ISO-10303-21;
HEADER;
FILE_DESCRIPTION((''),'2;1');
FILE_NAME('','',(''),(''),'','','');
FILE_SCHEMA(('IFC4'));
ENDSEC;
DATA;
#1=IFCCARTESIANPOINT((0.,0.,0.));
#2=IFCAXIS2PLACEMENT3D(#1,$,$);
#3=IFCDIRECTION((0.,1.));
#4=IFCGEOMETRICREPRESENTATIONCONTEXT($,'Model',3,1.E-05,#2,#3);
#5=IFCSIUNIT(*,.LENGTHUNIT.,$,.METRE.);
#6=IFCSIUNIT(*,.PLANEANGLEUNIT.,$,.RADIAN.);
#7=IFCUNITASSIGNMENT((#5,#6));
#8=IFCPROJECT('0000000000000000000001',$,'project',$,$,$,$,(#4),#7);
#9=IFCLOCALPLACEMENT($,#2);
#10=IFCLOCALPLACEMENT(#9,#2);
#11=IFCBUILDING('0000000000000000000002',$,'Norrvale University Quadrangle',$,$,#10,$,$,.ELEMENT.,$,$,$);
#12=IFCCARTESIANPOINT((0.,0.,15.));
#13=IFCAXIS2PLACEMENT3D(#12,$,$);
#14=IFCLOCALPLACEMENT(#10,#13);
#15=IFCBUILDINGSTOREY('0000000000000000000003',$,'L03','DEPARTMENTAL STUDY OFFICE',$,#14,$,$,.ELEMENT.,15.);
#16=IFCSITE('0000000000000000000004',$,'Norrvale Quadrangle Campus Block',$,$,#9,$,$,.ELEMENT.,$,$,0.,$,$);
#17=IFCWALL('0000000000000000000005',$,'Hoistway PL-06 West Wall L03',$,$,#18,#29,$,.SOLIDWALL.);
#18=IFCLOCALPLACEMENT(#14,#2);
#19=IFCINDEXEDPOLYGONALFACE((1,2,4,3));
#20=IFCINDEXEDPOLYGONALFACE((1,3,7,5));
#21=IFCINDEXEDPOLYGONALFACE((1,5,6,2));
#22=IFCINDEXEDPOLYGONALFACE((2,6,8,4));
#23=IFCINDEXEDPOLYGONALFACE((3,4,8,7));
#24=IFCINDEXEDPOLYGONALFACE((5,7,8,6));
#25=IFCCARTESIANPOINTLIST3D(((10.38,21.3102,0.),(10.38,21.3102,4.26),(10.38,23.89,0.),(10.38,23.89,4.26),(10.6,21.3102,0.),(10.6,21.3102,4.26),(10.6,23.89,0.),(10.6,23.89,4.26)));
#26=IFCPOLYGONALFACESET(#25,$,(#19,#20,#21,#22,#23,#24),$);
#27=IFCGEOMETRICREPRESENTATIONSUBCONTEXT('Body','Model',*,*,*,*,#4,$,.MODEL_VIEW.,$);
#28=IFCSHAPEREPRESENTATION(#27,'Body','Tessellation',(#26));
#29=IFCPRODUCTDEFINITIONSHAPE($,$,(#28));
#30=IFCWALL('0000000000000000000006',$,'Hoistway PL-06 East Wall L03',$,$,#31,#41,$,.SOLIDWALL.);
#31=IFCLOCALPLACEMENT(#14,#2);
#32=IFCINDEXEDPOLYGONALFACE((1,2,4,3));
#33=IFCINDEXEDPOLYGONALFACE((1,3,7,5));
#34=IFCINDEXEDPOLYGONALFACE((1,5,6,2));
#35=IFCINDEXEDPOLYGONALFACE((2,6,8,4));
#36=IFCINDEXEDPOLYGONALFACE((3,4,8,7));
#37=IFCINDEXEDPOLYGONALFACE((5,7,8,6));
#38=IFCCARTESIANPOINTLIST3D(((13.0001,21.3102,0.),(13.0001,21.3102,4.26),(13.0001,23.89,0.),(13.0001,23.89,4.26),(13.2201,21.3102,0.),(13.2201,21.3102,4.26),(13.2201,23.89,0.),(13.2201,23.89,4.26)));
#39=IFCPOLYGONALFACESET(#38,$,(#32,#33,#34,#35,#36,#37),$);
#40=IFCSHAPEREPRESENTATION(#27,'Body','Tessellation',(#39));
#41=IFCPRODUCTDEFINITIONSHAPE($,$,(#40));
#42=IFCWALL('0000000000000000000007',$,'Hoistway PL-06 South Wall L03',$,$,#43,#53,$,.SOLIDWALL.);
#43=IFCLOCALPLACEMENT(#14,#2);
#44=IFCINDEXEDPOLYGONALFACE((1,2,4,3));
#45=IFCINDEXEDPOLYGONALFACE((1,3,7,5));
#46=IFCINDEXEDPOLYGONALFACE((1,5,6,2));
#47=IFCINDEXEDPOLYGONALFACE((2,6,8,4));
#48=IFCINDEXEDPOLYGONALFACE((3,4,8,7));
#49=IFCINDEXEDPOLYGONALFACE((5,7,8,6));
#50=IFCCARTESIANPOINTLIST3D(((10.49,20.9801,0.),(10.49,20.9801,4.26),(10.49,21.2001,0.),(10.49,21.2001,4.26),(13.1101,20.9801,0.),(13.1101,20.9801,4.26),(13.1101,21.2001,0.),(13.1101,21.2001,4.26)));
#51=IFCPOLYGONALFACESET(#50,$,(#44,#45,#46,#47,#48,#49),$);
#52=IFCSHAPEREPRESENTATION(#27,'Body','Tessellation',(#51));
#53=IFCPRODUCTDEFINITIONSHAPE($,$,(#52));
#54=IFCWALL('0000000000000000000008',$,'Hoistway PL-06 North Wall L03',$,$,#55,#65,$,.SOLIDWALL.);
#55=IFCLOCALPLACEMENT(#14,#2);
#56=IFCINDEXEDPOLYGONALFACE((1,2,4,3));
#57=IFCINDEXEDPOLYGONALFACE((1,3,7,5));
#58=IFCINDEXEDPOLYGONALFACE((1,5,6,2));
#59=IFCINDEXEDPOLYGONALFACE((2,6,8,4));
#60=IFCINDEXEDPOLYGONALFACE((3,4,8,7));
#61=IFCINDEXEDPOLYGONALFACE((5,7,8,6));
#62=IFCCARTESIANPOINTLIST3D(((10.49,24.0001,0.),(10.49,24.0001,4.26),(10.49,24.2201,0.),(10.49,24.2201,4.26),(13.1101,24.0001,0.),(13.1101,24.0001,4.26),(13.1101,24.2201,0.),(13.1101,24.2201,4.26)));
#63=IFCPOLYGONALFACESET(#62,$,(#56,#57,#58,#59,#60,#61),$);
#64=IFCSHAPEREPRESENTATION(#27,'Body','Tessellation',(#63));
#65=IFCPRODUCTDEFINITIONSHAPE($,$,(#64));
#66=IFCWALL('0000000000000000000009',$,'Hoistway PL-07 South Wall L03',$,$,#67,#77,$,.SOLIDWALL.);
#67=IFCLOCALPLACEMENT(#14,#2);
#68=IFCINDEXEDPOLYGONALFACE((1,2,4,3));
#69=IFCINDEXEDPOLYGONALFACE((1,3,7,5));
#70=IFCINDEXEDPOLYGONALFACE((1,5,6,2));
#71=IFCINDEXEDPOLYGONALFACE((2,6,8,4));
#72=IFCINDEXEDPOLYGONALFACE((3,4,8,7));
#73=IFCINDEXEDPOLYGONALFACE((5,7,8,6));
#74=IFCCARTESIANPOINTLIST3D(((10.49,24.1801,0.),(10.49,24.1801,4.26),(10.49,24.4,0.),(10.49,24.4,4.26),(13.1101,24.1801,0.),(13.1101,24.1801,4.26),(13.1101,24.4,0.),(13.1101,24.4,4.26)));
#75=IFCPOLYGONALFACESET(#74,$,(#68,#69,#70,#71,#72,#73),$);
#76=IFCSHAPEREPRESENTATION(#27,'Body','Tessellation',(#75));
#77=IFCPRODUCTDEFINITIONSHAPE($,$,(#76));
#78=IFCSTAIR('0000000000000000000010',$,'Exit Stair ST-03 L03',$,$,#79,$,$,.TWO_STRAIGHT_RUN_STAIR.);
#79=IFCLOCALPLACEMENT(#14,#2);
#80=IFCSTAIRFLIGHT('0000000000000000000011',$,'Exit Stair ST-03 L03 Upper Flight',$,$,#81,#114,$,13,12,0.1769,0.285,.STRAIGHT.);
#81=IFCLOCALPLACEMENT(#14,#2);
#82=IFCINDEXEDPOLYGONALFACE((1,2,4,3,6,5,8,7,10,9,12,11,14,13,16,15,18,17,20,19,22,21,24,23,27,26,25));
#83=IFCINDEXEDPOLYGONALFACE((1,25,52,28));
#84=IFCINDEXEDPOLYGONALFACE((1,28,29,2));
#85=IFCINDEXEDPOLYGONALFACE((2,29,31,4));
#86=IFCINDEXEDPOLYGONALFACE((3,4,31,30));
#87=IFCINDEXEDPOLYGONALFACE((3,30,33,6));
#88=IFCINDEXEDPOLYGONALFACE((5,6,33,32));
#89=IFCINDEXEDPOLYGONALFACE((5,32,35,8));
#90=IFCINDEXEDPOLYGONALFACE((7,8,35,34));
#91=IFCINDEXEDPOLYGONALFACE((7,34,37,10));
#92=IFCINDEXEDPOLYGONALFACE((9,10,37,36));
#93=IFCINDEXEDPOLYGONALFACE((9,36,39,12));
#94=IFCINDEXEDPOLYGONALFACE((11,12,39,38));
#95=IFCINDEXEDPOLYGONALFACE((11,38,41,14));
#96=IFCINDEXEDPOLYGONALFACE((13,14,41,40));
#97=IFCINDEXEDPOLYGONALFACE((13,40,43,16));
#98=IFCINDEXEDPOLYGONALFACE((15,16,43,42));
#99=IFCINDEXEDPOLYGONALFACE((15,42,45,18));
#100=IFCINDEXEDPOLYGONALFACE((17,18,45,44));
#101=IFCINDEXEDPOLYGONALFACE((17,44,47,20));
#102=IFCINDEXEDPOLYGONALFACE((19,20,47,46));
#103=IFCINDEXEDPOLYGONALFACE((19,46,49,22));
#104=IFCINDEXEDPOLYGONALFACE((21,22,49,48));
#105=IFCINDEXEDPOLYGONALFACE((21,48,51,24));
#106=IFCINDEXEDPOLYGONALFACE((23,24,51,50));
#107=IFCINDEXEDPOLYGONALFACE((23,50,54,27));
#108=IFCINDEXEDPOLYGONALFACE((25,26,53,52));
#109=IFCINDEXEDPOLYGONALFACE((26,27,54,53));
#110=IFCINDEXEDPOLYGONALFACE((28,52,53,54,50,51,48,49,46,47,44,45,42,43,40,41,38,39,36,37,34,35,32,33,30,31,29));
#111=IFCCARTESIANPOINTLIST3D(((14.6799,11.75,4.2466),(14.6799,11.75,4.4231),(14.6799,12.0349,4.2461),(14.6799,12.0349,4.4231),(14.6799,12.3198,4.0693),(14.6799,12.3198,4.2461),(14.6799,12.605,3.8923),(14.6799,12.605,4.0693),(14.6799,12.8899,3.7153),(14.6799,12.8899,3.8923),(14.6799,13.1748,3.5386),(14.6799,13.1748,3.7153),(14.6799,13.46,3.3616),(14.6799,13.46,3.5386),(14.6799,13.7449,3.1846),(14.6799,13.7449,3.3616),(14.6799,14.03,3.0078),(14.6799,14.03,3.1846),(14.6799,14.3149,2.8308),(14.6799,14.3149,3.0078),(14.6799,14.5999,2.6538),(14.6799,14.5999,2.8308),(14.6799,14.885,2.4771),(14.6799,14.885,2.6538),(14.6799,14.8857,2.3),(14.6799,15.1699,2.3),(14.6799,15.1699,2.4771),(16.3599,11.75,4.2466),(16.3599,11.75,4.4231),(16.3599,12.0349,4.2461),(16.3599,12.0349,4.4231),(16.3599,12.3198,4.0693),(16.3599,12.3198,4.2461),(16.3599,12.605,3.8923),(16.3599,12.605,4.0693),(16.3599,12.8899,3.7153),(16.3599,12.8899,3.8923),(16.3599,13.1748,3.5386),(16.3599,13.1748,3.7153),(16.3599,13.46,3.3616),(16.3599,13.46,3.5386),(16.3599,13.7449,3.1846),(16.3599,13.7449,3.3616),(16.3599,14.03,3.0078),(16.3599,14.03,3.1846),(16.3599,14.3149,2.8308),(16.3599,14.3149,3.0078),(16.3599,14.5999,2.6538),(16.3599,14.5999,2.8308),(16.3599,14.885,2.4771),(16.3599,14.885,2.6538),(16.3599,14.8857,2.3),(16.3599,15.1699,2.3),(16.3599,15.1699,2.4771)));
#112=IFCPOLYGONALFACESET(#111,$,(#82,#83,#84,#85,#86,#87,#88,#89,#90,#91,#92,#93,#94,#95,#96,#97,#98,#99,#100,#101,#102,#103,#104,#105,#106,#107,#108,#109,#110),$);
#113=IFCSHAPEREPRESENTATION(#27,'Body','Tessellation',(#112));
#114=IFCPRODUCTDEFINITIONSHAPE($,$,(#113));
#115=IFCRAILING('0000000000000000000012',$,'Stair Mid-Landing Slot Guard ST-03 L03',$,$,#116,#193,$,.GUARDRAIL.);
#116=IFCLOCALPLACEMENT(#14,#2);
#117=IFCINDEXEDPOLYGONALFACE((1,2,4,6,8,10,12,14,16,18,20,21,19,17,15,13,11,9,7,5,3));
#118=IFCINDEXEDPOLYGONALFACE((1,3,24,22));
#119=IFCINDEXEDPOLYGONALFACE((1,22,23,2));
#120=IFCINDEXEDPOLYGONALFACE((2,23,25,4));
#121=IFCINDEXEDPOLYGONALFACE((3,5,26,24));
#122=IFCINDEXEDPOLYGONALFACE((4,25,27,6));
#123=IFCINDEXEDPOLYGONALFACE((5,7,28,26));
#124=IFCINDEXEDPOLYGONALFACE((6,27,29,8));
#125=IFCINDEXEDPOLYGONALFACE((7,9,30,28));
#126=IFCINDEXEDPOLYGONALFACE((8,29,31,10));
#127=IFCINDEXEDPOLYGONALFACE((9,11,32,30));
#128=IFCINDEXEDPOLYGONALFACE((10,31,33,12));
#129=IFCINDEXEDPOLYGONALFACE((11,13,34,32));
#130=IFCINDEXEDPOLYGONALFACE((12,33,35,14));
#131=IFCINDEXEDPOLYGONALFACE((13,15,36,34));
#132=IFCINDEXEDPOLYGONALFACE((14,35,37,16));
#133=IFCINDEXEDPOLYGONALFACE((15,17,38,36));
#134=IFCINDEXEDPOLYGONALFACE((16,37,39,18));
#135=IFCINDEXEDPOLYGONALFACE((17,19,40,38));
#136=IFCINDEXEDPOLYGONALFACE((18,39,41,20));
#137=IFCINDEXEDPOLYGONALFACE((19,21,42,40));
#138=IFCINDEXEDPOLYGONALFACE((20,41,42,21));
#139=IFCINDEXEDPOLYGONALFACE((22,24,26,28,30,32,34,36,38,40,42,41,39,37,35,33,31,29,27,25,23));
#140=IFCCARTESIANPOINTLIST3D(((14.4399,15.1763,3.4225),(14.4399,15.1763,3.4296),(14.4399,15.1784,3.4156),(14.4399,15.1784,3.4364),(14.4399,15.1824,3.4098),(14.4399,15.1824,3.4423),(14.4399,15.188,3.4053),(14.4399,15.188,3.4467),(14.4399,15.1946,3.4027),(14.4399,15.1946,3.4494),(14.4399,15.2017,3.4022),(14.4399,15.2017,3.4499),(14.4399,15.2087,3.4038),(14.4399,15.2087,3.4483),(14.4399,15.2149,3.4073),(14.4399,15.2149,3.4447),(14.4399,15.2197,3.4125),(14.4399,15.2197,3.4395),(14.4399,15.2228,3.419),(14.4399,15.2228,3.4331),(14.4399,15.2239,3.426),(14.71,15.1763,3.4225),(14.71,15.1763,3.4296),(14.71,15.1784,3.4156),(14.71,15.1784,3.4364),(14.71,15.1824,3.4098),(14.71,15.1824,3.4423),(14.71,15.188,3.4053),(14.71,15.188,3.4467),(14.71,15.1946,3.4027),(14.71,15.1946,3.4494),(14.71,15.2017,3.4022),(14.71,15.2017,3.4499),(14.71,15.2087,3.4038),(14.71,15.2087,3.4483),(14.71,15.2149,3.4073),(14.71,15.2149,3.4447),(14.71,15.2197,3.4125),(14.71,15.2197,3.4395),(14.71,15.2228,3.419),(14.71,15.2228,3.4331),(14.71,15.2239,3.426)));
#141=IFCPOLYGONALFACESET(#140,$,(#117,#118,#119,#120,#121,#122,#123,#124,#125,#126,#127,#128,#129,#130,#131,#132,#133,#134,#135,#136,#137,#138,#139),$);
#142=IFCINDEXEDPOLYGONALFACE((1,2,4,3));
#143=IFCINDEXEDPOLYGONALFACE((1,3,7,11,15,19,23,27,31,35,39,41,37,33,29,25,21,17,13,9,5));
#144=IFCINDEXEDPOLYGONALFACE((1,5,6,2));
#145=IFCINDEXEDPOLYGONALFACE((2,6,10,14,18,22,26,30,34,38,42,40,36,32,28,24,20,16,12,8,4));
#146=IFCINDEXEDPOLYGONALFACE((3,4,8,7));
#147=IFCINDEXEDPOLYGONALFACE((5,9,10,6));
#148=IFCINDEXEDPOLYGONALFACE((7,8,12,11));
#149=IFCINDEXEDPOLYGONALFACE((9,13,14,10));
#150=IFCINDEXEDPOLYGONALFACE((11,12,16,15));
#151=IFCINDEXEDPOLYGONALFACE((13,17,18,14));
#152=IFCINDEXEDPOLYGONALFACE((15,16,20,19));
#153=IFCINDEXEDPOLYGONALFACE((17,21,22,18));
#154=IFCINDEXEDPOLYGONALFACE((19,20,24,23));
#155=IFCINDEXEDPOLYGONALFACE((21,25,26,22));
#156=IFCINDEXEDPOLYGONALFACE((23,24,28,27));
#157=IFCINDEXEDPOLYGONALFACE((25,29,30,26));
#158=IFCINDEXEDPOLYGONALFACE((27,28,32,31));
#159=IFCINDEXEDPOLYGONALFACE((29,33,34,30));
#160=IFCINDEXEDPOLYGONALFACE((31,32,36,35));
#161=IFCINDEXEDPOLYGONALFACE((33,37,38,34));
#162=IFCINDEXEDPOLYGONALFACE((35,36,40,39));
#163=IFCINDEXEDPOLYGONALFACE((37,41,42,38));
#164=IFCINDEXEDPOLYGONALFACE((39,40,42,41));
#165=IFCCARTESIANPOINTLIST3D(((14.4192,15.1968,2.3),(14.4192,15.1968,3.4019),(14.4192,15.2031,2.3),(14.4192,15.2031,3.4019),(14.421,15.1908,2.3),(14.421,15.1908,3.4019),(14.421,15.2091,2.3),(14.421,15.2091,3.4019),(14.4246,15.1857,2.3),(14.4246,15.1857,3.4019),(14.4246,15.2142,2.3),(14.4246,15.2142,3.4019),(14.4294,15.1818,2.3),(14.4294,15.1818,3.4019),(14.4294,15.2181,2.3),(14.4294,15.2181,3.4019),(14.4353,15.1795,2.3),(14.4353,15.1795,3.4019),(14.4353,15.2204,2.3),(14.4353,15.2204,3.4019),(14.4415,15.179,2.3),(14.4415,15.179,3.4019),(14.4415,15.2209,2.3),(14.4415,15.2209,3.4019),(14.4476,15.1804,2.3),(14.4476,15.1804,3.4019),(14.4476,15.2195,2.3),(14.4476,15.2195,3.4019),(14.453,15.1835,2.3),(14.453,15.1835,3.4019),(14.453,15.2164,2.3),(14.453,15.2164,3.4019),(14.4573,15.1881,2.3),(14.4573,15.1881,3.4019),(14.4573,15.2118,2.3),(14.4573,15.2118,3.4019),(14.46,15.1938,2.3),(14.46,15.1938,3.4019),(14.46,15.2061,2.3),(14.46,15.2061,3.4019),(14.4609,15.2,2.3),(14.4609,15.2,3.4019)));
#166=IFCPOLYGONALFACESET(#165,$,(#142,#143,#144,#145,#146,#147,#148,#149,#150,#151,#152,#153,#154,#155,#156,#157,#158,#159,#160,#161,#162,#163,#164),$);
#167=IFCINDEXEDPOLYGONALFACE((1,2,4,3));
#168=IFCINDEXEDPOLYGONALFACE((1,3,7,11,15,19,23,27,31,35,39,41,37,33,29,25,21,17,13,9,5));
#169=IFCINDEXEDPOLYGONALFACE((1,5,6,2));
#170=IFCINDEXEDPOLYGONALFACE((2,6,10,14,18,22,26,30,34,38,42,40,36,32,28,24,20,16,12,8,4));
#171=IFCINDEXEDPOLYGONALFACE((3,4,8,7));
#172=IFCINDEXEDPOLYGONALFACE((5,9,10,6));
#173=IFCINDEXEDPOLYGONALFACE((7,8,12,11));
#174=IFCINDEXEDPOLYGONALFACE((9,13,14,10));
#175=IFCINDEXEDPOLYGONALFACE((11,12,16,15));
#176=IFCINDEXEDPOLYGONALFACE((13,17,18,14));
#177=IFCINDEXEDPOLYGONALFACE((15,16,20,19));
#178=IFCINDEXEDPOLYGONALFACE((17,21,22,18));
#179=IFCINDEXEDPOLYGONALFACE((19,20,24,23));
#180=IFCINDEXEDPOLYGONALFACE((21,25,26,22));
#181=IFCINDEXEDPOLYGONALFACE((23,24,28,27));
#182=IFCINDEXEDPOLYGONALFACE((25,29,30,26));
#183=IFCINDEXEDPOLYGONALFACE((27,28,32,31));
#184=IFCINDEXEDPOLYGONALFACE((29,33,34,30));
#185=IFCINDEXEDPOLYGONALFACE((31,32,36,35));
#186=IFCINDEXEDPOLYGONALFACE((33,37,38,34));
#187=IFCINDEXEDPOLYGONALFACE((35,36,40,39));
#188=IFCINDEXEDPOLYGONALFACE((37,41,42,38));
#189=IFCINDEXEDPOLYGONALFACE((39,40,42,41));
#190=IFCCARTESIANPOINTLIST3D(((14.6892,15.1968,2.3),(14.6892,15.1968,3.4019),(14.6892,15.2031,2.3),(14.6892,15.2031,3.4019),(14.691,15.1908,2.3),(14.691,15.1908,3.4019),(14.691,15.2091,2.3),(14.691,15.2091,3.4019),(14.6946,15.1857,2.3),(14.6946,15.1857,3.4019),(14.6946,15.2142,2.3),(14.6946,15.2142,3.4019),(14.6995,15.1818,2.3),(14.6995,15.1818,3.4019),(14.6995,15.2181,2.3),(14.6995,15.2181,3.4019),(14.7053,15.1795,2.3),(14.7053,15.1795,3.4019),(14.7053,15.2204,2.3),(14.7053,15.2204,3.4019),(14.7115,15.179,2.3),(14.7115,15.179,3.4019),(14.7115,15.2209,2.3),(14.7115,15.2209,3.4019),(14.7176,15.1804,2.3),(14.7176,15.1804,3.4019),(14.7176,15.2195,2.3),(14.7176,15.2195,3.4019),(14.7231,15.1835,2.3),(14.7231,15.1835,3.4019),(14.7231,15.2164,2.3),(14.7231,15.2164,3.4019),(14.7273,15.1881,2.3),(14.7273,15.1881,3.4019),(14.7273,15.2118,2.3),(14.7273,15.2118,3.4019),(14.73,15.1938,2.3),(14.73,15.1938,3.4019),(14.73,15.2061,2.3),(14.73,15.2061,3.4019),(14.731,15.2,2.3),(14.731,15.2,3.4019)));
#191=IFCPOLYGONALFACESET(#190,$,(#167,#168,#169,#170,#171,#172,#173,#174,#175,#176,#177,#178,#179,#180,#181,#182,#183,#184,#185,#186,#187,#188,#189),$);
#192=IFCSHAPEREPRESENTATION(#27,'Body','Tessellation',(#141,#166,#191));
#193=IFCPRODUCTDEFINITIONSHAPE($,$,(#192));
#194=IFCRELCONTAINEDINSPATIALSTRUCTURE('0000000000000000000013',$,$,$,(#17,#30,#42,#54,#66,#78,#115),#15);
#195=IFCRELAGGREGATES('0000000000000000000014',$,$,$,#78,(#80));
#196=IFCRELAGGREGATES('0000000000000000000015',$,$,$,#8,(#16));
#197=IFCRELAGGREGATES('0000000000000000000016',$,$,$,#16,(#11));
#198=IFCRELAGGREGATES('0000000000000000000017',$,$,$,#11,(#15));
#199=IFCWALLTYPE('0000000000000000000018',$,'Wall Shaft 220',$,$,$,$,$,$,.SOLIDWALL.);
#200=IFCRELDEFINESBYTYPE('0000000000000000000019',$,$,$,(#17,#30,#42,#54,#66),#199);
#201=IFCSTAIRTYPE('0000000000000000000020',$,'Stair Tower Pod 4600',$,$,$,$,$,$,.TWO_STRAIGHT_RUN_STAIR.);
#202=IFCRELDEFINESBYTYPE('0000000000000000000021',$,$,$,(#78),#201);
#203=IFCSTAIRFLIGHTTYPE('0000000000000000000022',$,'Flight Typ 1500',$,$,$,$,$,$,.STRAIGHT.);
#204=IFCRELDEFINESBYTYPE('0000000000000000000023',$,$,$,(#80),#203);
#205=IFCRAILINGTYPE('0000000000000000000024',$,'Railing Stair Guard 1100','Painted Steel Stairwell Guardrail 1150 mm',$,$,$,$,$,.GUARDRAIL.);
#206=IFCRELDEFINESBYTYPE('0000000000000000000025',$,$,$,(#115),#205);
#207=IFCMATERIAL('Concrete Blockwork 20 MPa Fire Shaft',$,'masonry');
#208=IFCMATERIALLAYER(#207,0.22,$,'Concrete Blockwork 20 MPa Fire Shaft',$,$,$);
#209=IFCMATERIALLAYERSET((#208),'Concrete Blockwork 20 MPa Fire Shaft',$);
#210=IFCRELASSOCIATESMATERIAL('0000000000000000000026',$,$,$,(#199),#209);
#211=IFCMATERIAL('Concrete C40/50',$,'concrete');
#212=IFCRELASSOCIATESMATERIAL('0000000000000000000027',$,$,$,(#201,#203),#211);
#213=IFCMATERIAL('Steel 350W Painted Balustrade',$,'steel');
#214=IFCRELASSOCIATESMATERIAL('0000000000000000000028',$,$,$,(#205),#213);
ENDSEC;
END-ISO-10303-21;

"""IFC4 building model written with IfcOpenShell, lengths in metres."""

from ifc_helpers import new_model, si_unit, direction, frame, frame_2d, origin, origin_2d, place, context, subcontext, project, spatial, polyline, rectangle, circle, outline, extrude, material, layer, layer_set, type_object, element, aggregate, save


model = new_model("IFC4")

# Units and contexts
model_context = context("Model", 3, precision=1e-05, world=origin(), true_north=direction((0.0, 1.0)))
body_context = subcontext(model_context, "Body", "Model", "MODEL_VIEW")
ifc_project = project(units=[si_unit("LENGTHUNIT", "METRE"), si_unit("PLANEANGLEUNIT", "RADIAN")], contexts=[model_context])

# Site, building, storey
site_placement = place(None, origin())
site = spatial("IfcSite", under=ifc_project, at=site_placement, Name="Norrvale Quadrangle Campus Block", CompositionType="ELEMENT", RefElevation=0.0)
building_placement = place(site_placement, origin())
building = spatial("IfcBuilding", under=site, at=building_placement, Name="Norrvale University Quadrangle", CompositionType="ELEMENT")
storey_placement = place(building_placement, frame((0.0, 0.0, 15.0)))
storey = spatial("IfcBuildingStorey", under=building, at=storey_placement, Name="L03", Description="DEPARTMENTAL STUDY OFFICE", CompositionType="ELEMENT", Elevation=15.0)

# Walls
ifc_material_1 = material(Name="Concrete Blockwork 20 MPa Fire Shaft", Category="masonry")
ifc_layer_1 = layer(ifc_material_1, 0.22, Name="Concrete Blockwork 20 MPa Fire Shaft")
ifc_layer_set_1 = layer_set([ifc_layer_1], Name="Concrete Blockwork 20 MPa Fire Shaft")
wall_type_1 = type_object("IfcWallType", Name="Wall Shaft 220", PredefinedType="SOLIDWALL", material=ifc_layer_set_1)
for number, where, z_axis, x_axis, name in (
    (1, (10.49, 21.3101, 0.0), (0.0, 0.0, 1.0), (0.0, 1.0, 0.0), "Hoistway PL-06 West Wall L03"),
    (2, (13.1101, 21.3101, 0.0), (0.0, 0.0, 1.0), (0.0, 1.0, 0.0), "Hoistway PL-06 East Wall L03"),
):
    element("IfcWall", number, at=place(storey_placement, frame(where, z_axis=z_axis, x_axis=x_axis)), inside=storey, type_object=wall_type_1, Name=name, PredefinedType="SOLIDWALL", context=body_context, shape_type="SweptSolid", body=[
        extrude(rectangle(XDim=2.5798, YDim=0.22, at=frame_2d((1.29, 0.0))), origin(), (0.0, 0.0, 1.0), 4.26),
    ])
for number, where, z_axis, x_axis, name in (
    (3, (10.49, 21.0901, 0.0), (0.0, 0.0, 1.0), (1.0, 0.0, 0.0), "Hoistway PL-06 South Wall L03"),
    (4, (10.49, 24.1101, 0.0), (0.0, 0.0, 1.0), (1.0, 0.0, 0.0), "Hoistway PL-06 North Wall L03"),
    (5, (10.49, 24.29, 0.0), (0.0, 0.0, 1.0), (1.0, 0.0, 0.0), "Hoistway PL-07 South Wall L03"),
):
    element("IfcWall", number, at=place(storey_placement, frame(where, z_axis=z_axis, x_axis=x_axis)), inside=storey, type_object=wall_type_1, Name=name, PredefinedType="SOLIDWALL", context=body_context, shape_type="SweptSolid", body=[
        extrude(rectangle(XDim=2.6201, YDim=0.22, at=frame_2d((1.3101, 0.0))), origin(), (0.0, 0.0, 1.0), 4.26),
    ])

# Stair, stair flight
ifc_material_2 = material(Name="Concrete C40/50", Category="concrete")
stair_type = type_object("IfcStairType", Name="Stair Tower Pod 4600", PredefinedType="TWO_STRAIGHT_RUN_STAIR", material=ifc_material_2)
stair_placement = place(storey_placement, origin())
stair = element("IfcStair", 6, at=stair_placement, inside=storey, type_object=stair_type, Name="Exit Stair ST-03 L03", PredefinedType="TWO_STRAIGHT_RUN_STAIR")
stair_flight_type = type_object("IfcStairFlightType", Name="Flight Typ 1500", PredefinedType="STRAIGHT", material=ifc_material_2)
stair_flight_placement = place(storey_placement, frame((15.52, 15.1699, 2.3), z_axis=(0.0, 0.0, 1.0), x_axis=(0.0, -1.0, 0.0)))
stair_flight = element("IfcStairFlight", 7, at=stair_flight_placement, type_object=stair_flight_type, Name="Exit Stair ST-03 L03 Upper Flight", NumberOfRisers=13, NumberOfTreads=12, PredefinedType="STRAIGHT", RiserHeight=0.1769, TreadLength=0.285, context=body_context, shape_type="SweptSolid", body=[
    extrude(outline(polyline([(0.0, 0.0), (0.0, 0.177), (0.2849, 0.177), (0.2849, 0.3538), (0.5701, 0.3538), (0.5701, 0.5308), (0.855, 0.5308), (0.855, 0.7078), (1.1399, 0.7078), (1.1399, 0.8845), (1.425, 0.8845), (1.425, 1.0615), (1.71, 1.0615), (1.71, 1.2385), (1.9951, 1.2385), (1.9951, 1.4153), (2.28, 1.4153), (2.28, 1.5923), (2.5649, 1.5923), (2.5649, 1.7693), (2.8501, 1.7693), (2.8501, 1.946), (3.135, 1.946), (3.135, 2.123), (3.4199, 2.123), (3.4199, 2.3), (3.4199, 1.9465), (0.2842, 0.0), (0.0, 0.0)])), frame((0.0, 0.8398, 0.0), z_axis=(0.0, -1.0, 0.0), x_axis=(1.0, 0.0, 0.0)), (0.0, 0.0, 1.0), 1.6799),
])
aggregate(stair, [stair_flight])

# Railing
ifc_material_3 = material(Name="Steel 350W Painted Balustrade", Category="steel")
railing_type_1 = type_object("IfcRailingType", Name="Railing Stair Guard 1100", Description="Painted Steel Stairwell Guardrail 1150 mm", PredefinedType="GUARDRAIL", material=ifc_material_3)
railing_1_placement = place(storey_placement, frame((14.4399, 15.2, 2.3)))
element("IfcRailing", 8, at=railing_1_placement, inside=storey, type_object=railing_type_1, Name="Stair Mid-Landing Slot Guard ST-03 L03", PredefinedType="GUARDRAIL", context=body_context, shape_type="SweptSolid", body=[
    extrude(circle(Radius=0.0239, at=origin_2d()), frame((0.0, 0.0, 1.126), z_axis=(1.0, 0.0, 0.0), x_axis=(0.0, 1.0, 0.0)), (0.0, 0.0, 1.0), 0.27),
    extrude(circle(Radius=0.021, at=origin_2d()), origin(), (0.0, 0.0, 1.0), 1.1018),
    extrude(circle(Radius=0.021, at=origin_2d()), frame((0.27, 0.0, 0.0)), (0.0, 0.0, 1.0), 1.1018),
])

save(model, "model.ifc")
